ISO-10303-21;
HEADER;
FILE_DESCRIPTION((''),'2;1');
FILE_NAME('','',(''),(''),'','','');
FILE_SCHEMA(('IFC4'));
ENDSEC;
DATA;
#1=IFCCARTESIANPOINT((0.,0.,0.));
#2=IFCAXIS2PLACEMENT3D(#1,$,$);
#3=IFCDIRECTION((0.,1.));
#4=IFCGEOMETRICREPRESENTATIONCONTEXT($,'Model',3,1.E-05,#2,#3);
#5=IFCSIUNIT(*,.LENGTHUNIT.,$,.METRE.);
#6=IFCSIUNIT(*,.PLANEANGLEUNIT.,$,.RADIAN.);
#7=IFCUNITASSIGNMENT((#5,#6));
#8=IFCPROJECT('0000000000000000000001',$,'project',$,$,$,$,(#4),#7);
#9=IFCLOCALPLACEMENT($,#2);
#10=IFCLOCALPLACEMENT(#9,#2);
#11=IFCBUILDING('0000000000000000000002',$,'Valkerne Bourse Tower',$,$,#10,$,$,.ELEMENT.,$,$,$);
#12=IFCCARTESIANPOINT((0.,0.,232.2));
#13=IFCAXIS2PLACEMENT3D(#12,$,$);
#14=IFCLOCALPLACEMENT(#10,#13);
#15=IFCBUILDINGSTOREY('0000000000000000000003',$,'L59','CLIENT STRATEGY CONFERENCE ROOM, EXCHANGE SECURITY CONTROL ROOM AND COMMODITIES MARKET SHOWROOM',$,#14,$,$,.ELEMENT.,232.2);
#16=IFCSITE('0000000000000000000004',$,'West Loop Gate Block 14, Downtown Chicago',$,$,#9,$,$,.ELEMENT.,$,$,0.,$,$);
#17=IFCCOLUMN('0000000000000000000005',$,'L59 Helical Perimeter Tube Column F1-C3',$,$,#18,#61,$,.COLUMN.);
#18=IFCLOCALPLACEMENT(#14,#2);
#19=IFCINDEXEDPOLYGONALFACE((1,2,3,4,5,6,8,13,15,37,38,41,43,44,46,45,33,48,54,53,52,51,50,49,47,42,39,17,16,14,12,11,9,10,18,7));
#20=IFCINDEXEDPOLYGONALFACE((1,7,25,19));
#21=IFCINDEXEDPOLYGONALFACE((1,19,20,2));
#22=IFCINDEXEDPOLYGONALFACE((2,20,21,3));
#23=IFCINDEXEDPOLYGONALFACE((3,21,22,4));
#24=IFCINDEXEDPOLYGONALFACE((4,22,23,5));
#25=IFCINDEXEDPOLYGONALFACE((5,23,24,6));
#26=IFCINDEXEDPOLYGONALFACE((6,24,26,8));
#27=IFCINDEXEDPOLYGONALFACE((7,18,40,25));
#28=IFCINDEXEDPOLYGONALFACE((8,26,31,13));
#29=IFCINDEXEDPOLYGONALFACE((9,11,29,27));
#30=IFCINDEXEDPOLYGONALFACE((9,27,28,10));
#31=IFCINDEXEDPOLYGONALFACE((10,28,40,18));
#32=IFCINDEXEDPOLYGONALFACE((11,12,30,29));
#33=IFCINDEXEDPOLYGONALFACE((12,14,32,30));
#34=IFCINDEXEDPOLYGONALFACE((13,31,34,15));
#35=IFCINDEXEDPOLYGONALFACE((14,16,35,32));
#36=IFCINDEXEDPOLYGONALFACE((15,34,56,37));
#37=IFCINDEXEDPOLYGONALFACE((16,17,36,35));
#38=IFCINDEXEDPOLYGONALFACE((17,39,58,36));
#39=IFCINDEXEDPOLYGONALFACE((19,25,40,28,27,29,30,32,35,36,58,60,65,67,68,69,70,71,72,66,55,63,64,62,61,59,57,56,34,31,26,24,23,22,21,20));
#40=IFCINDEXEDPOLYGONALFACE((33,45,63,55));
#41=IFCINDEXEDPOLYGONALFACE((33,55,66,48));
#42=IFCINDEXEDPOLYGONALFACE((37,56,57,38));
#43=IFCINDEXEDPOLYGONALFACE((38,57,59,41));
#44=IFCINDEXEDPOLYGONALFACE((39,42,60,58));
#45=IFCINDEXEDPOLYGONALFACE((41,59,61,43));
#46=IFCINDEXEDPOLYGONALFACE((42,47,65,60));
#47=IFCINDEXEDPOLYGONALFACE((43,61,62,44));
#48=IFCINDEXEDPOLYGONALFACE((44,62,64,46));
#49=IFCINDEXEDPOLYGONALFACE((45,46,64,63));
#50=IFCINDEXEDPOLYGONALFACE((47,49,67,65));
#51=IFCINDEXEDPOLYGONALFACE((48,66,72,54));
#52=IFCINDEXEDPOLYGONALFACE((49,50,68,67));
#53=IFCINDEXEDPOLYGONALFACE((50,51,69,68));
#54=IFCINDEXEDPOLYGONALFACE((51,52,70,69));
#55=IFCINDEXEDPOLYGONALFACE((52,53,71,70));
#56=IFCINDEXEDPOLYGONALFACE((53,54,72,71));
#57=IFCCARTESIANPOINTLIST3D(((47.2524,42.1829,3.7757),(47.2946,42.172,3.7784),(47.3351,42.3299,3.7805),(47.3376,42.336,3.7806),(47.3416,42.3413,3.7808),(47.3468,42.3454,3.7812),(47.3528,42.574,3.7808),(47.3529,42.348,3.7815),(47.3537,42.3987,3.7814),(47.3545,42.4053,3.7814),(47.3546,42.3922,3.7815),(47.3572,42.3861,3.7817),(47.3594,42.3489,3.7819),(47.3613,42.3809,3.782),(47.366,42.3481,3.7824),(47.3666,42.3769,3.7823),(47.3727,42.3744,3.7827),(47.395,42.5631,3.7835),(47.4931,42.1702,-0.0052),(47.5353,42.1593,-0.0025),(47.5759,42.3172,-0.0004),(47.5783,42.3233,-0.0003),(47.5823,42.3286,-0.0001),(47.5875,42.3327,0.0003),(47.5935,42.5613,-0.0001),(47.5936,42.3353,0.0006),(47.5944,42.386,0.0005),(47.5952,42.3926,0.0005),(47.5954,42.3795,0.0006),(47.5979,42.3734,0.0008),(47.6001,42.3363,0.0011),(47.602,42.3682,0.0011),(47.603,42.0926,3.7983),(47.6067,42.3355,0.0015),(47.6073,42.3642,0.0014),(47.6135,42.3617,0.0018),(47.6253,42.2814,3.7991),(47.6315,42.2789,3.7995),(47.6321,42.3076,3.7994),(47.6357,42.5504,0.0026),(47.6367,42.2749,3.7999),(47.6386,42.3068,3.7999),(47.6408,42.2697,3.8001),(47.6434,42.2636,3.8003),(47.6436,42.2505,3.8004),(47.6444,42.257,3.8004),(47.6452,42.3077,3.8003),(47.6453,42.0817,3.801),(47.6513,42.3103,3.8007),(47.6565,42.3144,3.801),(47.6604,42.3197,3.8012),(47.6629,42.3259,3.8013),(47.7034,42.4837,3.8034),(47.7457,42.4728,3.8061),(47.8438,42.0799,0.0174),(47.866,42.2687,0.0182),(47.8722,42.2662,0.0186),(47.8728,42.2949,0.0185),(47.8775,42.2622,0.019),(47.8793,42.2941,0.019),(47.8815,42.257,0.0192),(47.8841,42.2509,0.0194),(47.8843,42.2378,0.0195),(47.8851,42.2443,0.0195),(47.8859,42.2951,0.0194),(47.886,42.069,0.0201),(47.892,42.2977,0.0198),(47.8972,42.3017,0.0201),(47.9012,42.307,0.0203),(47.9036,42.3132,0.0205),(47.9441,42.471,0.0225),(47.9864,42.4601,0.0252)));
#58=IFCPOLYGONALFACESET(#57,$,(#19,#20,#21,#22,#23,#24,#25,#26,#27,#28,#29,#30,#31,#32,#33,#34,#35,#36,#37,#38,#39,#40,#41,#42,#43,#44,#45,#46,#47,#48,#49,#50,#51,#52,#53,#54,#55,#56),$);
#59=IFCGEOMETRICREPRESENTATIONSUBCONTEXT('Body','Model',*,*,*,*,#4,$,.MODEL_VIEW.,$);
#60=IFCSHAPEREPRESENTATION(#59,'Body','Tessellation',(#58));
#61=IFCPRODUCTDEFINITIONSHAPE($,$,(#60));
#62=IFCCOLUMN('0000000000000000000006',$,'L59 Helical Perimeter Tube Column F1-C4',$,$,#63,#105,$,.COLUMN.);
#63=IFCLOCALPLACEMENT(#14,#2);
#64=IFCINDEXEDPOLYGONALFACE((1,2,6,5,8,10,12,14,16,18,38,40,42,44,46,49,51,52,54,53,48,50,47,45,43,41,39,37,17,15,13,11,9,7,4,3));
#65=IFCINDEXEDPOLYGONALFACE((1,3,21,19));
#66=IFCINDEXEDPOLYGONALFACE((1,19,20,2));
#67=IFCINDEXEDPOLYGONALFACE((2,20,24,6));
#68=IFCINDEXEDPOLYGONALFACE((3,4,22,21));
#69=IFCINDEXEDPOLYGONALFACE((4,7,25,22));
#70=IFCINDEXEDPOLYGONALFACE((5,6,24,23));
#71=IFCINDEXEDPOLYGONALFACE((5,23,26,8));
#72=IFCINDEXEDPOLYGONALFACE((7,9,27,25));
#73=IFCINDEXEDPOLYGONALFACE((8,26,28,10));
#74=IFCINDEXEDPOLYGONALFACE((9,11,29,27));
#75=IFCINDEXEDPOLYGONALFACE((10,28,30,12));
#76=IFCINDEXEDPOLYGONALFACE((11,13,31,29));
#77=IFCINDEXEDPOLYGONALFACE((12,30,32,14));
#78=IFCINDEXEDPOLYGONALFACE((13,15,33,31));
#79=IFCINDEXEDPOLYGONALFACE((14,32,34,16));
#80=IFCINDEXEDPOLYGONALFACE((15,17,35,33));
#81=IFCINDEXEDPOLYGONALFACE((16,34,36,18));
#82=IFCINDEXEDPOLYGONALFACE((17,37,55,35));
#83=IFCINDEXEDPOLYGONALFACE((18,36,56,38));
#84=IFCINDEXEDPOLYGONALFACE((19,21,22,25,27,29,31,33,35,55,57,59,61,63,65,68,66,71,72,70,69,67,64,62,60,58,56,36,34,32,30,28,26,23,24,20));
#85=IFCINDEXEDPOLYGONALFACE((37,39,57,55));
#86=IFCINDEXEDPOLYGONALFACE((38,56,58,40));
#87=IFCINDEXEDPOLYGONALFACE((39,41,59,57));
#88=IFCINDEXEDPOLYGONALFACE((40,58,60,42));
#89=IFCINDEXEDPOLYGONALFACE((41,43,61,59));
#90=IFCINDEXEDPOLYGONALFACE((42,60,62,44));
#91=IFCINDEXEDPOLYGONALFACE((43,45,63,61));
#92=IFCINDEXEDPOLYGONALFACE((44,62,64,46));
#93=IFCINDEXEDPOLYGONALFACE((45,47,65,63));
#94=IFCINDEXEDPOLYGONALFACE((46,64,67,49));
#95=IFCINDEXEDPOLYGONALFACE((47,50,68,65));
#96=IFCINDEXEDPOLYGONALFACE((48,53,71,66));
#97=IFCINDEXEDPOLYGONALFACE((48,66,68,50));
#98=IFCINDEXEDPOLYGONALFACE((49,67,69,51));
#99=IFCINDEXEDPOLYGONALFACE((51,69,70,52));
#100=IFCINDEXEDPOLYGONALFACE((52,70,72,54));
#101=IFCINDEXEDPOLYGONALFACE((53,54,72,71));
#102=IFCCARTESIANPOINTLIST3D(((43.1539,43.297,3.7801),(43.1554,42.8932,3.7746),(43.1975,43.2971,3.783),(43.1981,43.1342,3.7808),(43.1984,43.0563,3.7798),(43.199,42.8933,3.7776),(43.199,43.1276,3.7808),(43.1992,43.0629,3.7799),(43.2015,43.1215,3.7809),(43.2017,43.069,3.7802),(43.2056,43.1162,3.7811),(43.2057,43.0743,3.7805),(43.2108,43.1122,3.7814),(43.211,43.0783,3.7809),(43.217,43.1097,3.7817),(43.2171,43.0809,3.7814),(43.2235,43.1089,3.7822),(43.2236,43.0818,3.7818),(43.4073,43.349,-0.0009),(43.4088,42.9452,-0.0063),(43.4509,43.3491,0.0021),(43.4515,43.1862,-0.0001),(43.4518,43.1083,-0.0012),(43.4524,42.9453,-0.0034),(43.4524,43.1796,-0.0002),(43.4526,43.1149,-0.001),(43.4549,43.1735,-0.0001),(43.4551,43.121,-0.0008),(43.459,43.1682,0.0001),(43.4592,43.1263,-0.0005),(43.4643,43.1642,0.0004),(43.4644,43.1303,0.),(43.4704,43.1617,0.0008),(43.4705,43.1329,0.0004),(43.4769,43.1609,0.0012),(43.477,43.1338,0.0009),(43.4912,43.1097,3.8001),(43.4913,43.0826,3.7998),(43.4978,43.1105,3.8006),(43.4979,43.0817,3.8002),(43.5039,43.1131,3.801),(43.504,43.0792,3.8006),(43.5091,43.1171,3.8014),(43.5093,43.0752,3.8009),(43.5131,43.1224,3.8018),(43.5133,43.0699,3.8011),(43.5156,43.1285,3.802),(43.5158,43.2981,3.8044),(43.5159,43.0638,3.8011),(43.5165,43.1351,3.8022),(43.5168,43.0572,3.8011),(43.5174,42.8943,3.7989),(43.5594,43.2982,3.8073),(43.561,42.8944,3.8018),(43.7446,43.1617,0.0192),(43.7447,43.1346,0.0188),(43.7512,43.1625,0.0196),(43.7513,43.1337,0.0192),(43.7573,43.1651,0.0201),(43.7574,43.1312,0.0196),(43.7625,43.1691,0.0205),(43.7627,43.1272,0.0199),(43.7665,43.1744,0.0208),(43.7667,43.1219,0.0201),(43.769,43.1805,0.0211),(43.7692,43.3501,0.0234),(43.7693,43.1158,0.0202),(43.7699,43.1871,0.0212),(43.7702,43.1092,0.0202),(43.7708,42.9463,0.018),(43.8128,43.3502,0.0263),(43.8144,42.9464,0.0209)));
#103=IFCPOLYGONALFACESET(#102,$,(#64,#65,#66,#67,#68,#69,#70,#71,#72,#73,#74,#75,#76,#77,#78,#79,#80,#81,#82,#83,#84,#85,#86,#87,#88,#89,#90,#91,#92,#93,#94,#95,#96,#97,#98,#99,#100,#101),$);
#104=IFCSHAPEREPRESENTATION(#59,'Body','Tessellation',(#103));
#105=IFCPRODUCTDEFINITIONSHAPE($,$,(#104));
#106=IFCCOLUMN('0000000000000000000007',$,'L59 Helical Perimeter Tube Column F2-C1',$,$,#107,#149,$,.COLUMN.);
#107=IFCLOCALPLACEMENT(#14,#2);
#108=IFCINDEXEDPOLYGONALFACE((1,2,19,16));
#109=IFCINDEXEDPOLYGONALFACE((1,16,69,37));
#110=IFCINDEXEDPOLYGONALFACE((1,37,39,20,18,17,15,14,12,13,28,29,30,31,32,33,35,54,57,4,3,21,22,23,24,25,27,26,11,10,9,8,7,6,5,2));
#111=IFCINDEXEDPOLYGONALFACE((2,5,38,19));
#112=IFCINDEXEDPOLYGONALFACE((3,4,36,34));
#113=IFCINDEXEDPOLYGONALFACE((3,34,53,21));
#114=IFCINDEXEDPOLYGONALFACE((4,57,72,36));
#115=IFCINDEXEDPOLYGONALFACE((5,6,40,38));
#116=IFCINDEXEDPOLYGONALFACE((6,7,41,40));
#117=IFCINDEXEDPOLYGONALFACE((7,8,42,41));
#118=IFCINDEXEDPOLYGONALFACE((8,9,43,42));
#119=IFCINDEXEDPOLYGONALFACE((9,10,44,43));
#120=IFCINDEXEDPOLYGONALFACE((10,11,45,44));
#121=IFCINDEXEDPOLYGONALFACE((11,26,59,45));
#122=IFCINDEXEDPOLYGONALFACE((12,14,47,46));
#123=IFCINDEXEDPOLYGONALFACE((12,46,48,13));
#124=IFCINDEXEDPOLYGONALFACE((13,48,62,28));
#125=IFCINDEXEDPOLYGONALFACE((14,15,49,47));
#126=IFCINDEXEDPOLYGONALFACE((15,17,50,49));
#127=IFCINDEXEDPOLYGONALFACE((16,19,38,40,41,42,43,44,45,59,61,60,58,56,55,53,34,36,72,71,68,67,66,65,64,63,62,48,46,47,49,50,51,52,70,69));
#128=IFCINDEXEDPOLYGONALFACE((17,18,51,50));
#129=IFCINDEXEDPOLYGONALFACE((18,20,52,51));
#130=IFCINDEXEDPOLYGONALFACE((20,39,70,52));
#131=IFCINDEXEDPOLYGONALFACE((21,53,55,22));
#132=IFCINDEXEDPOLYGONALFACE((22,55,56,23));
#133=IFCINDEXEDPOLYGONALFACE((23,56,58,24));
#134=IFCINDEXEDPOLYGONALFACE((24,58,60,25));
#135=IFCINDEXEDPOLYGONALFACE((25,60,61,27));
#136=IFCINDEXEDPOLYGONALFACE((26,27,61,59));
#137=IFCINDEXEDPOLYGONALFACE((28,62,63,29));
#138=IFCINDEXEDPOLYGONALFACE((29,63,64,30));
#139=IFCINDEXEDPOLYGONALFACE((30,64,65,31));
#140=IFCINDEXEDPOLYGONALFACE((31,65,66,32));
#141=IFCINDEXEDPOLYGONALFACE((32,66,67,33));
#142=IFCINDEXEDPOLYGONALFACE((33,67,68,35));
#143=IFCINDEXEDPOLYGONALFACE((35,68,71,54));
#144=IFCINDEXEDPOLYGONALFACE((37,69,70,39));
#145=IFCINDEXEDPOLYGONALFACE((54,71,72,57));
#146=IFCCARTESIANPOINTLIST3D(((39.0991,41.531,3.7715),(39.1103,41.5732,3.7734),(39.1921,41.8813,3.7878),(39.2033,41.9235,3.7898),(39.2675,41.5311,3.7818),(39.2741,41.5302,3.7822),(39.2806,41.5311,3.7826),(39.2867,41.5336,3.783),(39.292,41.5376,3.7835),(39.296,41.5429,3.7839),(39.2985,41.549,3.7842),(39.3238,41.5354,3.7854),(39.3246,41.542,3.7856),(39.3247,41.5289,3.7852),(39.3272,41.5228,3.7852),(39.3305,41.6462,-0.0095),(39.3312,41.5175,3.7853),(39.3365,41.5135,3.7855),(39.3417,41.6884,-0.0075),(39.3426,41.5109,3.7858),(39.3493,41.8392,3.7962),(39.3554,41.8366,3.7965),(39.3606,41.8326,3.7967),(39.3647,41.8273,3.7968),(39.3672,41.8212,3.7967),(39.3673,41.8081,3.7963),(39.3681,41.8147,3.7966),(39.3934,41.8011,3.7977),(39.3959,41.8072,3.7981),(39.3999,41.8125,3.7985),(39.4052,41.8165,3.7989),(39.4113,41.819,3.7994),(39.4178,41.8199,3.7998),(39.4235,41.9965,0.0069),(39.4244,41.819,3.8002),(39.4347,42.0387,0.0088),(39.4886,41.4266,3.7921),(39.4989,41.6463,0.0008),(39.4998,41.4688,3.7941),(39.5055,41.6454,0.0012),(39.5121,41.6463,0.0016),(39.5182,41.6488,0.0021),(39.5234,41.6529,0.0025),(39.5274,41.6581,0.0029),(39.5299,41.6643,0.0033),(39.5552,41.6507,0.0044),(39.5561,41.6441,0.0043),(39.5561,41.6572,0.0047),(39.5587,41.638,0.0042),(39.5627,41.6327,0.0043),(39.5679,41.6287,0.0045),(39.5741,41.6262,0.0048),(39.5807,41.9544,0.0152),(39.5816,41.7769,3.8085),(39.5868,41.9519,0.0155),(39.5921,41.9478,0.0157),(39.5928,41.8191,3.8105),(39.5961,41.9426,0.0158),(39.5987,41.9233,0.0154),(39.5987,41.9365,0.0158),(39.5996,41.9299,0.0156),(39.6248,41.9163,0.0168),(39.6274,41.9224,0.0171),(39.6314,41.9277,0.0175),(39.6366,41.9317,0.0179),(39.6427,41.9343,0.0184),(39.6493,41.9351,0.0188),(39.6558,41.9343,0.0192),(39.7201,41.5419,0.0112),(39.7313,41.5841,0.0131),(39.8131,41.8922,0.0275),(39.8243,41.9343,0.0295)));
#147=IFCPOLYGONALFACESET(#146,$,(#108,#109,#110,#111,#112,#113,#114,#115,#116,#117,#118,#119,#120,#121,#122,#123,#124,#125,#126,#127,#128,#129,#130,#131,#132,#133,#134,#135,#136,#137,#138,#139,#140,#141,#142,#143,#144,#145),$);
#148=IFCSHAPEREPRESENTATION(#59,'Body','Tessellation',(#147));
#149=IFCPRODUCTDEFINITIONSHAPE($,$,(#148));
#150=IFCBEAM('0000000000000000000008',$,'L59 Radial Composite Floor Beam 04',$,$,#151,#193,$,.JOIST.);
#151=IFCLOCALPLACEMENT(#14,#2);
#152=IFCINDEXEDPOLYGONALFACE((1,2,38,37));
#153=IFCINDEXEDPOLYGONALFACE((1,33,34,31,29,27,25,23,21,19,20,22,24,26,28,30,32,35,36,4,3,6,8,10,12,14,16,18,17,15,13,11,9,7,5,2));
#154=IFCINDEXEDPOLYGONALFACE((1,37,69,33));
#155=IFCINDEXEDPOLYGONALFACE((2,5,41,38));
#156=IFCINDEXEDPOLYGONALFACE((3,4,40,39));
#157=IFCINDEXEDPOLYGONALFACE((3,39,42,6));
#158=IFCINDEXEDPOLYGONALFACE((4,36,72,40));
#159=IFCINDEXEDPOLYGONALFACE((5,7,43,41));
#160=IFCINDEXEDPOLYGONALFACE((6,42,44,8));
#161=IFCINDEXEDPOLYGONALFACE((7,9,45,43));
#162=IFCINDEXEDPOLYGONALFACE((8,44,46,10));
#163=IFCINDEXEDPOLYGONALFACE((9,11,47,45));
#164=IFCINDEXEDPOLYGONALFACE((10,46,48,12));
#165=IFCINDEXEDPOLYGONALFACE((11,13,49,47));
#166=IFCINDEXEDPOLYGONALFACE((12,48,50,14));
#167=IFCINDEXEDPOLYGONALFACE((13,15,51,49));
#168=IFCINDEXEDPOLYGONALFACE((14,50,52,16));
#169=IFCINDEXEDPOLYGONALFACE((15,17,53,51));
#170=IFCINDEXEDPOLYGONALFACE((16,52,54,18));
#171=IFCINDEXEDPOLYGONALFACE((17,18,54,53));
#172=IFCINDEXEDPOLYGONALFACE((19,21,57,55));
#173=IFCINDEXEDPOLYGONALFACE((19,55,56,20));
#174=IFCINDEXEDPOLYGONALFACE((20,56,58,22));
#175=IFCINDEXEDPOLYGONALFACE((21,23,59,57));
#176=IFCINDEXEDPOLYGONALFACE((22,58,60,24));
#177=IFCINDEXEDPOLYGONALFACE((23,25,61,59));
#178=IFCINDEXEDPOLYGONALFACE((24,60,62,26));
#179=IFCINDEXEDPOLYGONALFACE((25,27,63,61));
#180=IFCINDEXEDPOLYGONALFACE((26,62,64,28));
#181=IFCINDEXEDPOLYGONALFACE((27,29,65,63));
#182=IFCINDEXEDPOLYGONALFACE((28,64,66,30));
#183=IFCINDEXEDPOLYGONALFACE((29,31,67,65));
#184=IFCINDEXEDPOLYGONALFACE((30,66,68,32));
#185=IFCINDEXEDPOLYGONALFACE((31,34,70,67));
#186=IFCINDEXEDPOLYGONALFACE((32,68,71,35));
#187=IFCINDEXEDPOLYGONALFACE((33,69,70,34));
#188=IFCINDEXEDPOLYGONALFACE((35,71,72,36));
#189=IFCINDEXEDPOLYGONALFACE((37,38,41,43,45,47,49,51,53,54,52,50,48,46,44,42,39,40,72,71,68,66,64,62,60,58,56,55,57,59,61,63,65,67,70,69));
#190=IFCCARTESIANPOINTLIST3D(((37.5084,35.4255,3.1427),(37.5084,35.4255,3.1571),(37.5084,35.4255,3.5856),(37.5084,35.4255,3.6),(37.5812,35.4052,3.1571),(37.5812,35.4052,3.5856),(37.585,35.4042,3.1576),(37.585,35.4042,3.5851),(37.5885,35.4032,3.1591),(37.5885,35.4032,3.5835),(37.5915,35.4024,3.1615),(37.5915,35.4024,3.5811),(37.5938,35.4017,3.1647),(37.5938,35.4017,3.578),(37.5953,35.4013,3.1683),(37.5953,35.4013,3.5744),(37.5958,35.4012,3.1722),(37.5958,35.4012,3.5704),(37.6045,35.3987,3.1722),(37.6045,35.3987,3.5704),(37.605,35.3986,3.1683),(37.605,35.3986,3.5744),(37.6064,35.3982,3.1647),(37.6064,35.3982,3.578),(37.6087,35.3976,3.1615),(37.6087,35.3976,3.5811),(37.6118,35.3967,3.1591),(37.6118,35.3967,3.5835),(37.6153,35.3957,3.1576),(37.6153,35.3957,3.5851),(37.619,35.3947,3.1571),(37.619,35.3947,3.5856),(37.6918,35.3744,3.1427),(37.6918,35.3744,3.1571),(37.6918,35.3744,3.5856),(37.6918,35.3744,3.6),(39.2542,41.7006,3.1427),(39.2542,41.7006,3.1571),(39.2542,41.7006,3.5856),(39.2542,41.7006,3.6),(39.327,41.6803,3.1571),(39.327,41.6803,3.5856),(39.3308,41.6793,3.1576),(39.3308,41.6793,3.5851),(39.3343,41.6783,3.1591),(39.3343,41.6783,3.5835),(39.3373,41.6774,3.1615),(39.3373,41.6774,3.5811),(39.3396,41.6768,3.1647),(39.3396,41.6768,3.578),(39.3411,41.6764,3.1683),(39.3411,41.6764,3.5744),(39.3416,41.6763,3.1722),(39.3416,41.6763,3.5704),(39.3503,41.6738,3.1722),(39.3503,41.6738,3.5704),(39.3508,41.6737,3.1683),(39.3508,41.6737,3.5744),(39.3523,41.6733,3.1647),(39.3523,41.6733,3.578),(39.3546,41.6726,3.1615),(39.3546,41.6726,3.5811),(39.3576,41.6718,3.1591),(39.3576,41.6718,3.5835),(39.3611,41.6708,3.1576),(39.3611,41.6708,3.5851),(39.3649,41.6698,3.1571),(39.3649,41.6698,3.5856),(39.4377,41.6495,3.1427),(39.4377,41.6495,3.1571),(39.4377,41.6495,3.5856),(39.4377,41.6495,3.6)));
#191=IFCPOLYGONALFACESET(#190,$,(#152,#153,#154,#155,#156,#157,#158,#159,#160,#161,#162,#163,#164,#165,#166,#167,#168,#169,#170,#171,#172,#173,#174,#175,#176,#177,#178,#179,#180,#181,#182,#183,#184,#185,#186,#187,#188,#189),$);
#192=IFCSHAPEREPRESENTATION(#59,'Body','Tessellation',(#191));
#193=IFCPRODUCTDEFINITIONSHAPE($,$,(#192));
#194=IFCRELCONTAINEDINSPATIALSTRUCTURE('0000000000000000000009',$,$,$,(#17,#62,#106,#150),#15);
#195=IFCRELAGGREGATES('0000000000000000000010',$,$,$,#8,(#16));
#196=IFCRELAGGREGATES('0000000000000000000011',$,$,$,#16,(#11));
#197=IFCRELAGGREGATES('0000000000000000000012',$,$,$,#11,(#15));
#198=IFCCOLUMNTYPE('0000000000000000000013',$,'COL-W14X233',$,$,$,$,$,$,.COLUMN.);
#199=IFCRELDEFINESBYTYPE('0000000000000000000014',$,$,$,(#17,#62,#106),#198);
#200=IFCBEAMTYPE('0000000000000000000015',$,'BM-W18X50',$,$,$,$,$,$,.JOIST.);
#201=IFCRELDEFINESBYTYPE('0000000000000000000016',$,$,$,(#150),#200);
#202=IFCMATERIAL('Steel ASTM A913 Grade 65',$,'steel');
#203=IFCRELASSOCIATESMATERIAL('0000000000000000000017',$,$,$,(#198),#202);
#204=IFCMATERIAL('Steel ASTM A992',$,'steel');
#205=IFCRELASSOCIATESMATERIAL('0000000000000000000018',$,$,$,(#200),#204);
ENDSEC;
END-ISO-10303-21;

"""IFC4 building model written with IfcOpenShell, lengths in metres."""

from ifc_helpers import new_model, si_unit, direction, frame, origin, origin_2d, place, context, subcontext, project, spatial, i_section, extrude, material, material_profile, profile_set, type_object, element, save


model = new_model("IFC4")

# Units and contexts
model_context = context("Model", 3, precision=1e-05, world=origin(), true_north=direction((0.0, 1.0)))
body_context = subcontext(model_context, "Body", "Model", "MODEL_VIEW")
ifc_project = project(units=[si_unit("LENGTHUNIT", "METRE"), si_unit("PLANEANGLEUNIT", "RADIAN")], contexts=[model_context])

# Site, building, storey
site_placement = place(None, origin())
site = spatial("IfcSite", under=ifc_project, at=site_placement, Name="West Loop Gate Block 14, Downtown Chicago", CompositionType="ELEMENT", RefElevation=0.0)
building_placement = place(site_placement, origin())
building = spatial("IfcBuilding", under=site, at=building_placement, Name="Valkerne Bourse Tower", CompositionType="ELEMENT")
storey_placement = place(building_placement, frame((0.0, 0.0, 232.2)))
storey = spatial("IfcBuildingStorey", under=building, at=storey_placement, Name="L59", Description="CLIENT STRATEGY CONFERENCE ROOM, EXCHANGE SECURITY CONTROL ROOM AND COMMODITIES MARKET SHOWROOM", CompositionType="ELEMENT", Elevation=232.2)

# Columns
ifc_material_1 = material(Name="Steel ASTM A913 Grade 65", Category="steel")
ifc_material_profile_1 = material_profile(ifc_material_1, i_section(OverallWidth=0.4038, OverallDepth=0.4065, WebThickness=0.0271, FlangeThickness=0.0437, FilletRadius=0.0254, at=origin_2d()), Name="W14X233")
ifc_profile_set_1 = profile_set([ifc_material_profile_1], Name="Steel ASTM A913 Grade 65")
column_type = type_object("IfcColumnType", Name="COL-W14X233", PredefinedType="COLUMN", material=ifc_profile_set_1)
column_placement = place(storey_placement, frame((47.7397, 42.3152, 0.01), z_axis=(-0.063537, 0.003351, 0.997974), x_axis=(0.248609, 0.968522, 0.012576)))
element("IfcColumn", 1, at=column_placement, inside=storey, type_object=column_type, Name="L59 Helical Perimeter Tube Column F1-C3", PredefinedType="COLUMN", context=body_context, shape_type="SweptSolid", body=[
    extrude(i_section(OverallWidth=0.4038, OverallDepth=0.4065, WebThickness=0.0271, FlangeThickness=0.0437, FilletRadius=0.0254, at=origin_2d()), origin(), (0.0, 0.0, 1.0), 3.7886),
])
for number, where, z_axis, x_axis, name in (
    (2, (43.6108, 43.1477, 0.01), (-0.066868, -0.013721, 0.997668), (-0.003877, 0.999901, 0.013492), "L59 Helical Perimeter Tube Column F1-C4"),
    (3, (39.5774, 41.7903, 0.01), (-0.06107, -0.030406, 0.99767), (-0.964669, 0.258447, -0.051173), "L59 Helical Perimeter Tube Column F2-C1"),
):
    element("IfcColumn", number, at=place(storey_placement, frame(where, z_axis=z_axis, x_axis=x_axis)), inside=storey, type_object=column_type, Name=name, PredefinedType="COLUMN", context=body_context, shape_type="SweptSolid", body=[
        extrude(i_section(OverallWidth=0.4038, OverallDepth=0.4065, WebThickness=0.0271, FlangeThickness=0.0437, FilletRadius=0.0254, at=origin_2d()), origin(), (0.0, 0.0, 1.0), 3.7898),
    ])

# Beam
ifc_material_2 = material(Name="Steel ASTM A992", Category="steel")
ifc_material_profile_2 = material_profile(ifc_material_2, i_section(OverallWidth=0.1904, OverallDepth=0.4573, WebThickness=0.009, FlangeThickness=0.0144, FilletRadius=0.0151, at=origin_2d()), Name="W18X50")
ifc_profile_set_2 = profile_set([ifc_material_profile_2], Name="Steel ASTM A992")
beam_type_1 = type_object("IfcBeamType", Name="BM-W18X50", PredefinedType="JOIST", material=ifc_profile_set_2)
beam_1_placement = place(storey_placement, frame((39.3459, 41.675, 3.3713), z_axis=(-0.268036, -0.963409, 0.0), x_axis=(0.963409, -0.268036, 0.0)))
element("IfcBeam", 4, at=beam_1_placement, inside=storey, type_object=beam_type_1, Name="L59 Radial Composite Floor Beam 04", PredefinedType="JOIST", context=body_context, shape_type="SweptSolid", body=[
    extrude(i_section(OverallWidth=0.1904, OverallDepth=0.4573, WebThickness=0.009, FlangeThickness=0.0144, FilletRadius=0.0151, at=origin_2d()), origin(), (0.0, 0.0, 1.0), 6.5134),
])

save(model, "model.ifc")
